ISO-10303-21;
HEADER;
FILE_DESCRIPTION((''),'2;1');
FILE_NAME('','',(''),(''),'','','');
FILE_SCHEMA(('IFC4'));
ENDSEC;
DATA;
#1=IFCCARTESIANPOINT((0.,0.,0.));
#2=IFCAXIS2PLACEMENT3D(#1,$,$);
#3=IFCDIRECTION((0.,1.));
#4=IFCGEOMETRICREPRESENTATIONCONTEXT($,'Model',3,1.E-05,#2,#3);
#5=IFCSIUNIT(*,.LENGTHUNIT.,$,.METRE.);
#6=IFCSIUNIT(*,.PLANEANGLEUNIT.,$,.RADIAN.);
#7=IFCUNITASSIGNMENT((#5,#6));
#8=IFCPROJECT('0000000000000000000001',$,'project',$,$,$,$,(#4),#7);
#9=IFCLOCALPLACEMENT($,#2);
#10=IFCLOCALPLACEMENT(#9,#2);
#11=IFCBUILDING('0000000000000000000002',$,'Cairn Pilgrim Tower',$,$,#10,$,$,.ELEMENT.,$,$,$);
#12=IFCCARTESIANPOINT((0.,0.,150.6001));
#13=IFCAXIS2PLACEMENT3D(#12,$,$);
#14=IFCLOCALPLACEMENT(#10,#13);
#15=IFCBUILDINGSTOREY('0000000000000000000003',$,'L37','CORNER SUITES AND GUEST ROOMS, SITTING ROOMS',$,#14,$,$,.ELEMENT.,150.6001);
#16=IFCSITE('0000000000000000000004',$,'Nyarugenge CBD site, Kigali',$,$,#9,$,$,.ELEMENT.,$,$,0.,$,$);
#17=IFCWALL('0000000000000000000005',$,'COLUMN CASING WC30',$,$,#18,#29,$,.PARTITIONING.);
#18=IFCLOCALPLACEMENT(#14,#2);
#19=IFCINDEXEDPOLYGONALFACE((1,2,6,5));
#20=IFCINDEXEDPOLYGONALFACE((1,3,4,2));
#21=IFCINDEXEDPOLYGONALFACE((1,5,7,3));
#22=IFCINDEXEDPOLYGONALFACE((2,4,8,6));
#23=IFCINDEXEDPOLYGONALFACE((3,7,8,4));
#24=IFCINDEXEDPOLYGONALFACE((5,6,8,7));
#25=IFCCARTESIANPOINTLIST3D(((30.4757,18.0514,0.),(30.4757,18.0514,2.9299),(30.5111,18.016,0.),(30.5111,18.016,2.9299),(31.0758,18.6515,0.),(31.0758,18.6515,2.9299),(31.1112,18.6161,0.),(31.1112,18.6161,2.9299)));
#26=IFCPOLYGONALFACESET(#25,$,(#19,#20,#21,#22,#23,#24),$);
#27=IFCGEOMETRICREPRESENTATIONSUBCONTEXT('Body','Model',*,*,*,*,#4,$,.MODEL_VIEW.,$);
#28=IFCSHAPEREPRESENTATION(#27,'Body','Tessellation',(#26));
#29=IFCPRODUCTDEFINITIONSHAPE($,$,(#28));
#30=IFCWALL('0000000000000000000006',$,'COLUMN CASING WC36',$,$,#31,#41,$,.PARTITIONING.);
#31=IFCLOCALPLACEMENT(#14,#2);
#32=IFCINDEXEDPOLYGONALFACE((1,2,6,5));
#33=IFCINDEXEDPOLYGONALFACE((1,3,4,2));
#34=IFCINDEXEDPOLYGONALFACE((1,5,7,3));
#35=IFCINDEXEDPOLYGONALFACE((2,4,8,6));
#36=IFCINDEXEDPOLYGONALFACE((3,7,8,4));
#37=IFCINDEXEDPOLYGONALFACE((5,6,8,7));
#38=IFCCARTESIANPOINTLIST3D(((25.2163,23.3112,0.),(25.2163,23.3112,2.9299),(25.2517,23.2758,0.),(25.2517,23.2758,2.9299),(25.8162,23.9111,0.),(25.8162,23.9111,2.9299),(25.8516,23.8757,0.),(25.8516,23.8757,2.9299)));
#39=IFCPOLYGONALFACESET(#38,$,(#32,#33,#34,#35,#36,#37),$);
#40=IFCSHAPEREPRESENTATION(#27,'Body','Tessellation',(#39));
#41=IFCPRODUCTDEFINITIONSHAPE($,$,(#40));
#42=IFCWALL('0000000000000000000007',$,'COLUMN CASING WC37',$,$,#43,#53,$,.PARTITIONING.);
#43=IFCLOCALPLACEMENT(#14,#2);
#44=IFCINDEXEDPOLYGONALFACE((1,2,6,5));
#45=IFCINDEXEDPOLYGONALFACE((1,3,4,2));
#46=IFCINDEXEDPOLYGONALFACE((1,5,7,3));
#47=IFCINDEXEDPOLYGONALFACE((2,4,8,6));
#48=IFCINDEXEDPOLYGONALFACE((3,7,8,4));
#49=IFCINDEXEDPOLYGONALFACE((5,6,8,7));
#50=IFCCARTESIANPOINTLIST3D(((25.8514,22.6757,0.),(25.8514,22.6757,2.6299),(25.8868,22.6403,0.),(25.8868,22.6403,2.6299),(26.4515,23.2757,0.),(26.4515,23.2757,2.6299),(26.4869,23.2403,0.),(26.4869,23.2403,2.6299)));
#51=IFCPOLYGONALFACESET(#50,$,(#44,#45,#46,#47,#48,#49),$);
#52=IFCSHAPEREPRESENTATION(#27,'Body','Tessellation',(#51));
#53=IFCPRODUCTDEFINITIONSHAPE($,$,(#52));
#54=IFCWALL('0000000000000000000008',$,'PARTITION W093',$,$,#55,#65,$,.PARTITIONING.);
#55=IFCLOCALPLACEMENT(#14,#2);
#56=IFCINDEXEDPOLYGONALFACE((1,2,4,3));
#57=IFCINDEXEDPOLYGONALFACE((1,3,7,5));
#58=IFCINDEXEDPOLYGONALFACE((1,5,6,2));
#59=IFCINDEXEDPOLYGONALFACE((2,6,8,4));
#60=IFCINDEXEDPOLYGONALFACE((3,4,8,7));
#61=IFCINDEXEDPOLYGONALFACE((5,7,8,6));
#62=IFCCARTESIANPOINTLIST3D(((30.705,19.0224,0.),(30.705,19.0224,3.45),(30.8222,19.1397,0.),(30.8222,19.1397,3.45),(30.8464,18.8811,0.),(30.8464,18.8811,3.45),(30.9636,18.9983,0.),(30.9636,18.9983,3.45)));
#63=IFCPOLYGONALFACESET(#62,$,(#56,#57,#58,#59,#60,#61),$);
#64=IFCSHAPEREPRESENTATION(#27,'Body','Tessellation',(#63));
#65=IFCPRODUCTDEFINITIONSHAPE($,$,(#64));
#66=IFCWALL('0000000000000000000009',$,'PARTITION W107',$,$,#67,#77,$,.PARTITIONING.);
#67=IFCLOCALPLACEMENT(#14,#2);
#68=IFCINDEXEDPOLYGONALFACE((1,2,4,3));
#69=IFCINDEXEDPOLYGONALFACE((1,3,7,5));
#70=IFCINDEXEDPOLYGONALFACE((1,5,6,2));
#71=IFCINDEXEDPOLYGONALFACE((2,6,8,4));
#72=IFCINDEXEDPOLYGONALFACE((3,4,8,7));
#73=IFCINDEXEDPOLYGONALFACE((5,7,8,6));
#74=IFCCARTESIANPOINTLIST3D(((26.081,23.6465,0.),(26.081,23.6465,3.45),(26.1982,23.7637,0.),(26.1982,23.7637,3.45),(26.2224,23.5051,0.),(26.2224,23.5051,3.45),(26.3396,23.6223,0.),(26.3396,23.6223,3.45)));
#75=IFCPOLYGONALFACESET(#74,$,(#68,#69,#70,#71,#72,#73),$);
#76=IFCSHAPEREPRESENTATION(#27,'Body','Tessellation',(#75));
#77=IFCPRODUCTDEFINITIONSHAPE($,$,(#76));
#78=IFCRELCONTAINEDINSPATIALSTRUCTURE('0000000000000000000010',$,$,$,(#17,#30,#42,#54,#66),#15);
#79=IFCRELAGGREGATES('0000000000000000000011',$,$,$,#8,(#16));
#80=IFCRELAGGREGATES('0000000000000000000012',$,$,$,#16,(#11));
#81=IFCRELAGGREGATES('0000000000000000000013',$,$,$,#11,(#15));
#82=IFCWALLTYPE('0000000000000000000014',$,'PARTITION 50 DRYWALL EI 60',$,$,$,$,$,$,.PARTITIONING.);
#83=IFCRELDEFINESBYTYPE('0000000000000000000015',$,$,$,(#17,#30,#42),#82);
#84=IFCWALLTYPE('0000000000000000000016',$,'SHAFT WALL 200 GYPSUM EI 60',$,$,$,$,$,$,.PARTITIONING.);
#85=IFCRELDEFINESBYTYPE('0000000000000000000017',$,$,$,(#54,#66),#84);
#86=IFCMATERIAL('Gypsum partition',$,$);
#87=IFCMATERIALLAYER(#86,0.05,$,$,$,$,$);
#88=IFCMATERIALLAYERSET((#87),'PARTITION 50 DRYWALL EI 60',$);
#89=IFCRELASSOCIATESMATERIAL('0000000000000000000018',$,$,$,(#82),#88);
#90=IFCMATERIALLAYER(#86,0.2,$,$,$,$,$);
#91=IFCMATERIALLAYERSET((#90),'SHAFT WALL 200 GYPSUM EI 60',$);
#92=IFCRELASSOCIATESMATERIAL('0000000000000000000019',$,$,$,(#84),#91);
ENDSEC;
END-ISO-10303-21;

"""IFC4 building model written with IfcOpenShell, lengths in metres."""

from ifc_helpers import new_model, si_unit, direction, frame, frame_2d, origin, place, context, subcontext, project, spatial, rectangle, extrude, material, layer, layer_set, type_object, element, save


model = new_model("IFC4")

# Units and contexts
model_context = context("Model", 3, precision=1e-05, world=origin(), true_north=direction((0.0, 1.0)))
body_context = subcontext(model_context, "Body", "Model", "MODEL_VIEW")
ifc_project = project(units=[si_unit("LENGTHUNIT", "METRE"), si_unit("PLANEANGLEUNIT", "RADIAN")], contexts=[model_context])

# Site, building, storey
site_placement = place(None, origin())
site = spatial("IfcSite", under=ifc_project, at=site_placement, Name="Nyarugenge CBD site, Kigali", CompositionType="ELEMENT", RefElevation=0.0)
building_placement = place(site_placement, origin())
building = spatial("IfcBuilding", under=site, at=building_placement, Name="Cairn Pilgrim Tower", CompositionType="ELEMENT")
storey_placement = place(building_placement, frame((0.0, 0.0, 150.6001)))
storey = spatial("IfcBuildingStorey", under=building, at=storey_placement, Name="L37", Description="CORNER SUITES AND GUEST ROOMS, SITTING ROOMS", CompositionType="ELEMENT", Elevation=150.6001)

# Walls
ifc_material_1 = material(Name="Gypsum partition")
ifc_layer_1 = layer(ifc_material_1, 0.05)
ifc_layer_set_1 = layer_set([ifc_layer_1], Name="PARTITION 50 DRYWALL EI 60")
wall_type_1 = type_object("IfcWallType", Name="PARTITION 50 DRYWALL EI 60", PredefinedType="PARTITIONING", material=ifc_layer_set_1)
wall_1_placement = place(storey_placement, frame((30.4934, 18.0337, 0.0), z_axis=(0.0, 0.0, 1.0), x_axis=(0.707107, 0.707107, 0.0)))
element("IfcWall", 1, at=wall_1_placement, inside=storey, type_object=wall_type_1, Name="COLUMN CASING WC30", PredefinedType="PARTITIONING", context=body_context, shape_type="SweptSolid", body=[
    extrude(rectangle(XDim=0.8486, YDim=0.05, at=frame_2d((0.4243, 0.0))), origin(), (0.0, 0.0, 1.0), 2.9299),
])
wall_2_placement = place(storey_placement, frame((25.2339, 23.2935, 0.0), z_axis=(0.0, 0.0, 1.0), x_axis=(0.707107, 0.707107, 0.0)))
element("IfcWall", 2, at=wall_2_placement, inside=storey, type_object=wall_type_1, Name="COLUMN CASING WC36", PredefinedType="PARTITIONING", context=body_context, shape_type="SweptSolid", body=[
    extrude(rectangle(XDim=0.8484, YDim=0.05, at=frame_2d((0.4243, 0.0))), origin(), (0.0, 0.0, 1.0), 2.9299),
])
wall_3_placement = place(storey_placement, frame((25.8691, 22.658, 0.0), z_axis=(0.0, 0.0, 1.0), x_axis=(0.707107, 0.707107, 0.0)))
element("IfcWall", 3, at=wall_3_placement, inside=storey, type_object=wall_type_1, Name="COLUMN CASING WC37", PredefinedType="PARTITIONING", context=body_context, shape_type="SweptSolid", body=[
    extrude(rectangle(XDim=0.8486, YDim=0.05, at=frame_2d((0.4243, 0.0))), origin(), (0.0, 0.0, 1.0), 2.6299),
])
ifc_layer_2 = layer(ifc_material_1, 0.2)
ifc_layer_set_2 = layer_set([ifc_layer_2], Name="SHAFT WALL 200 GYPSUM EI 60")
wall_type_2 = type_object("IfcWallType", Name="SHAFT WALL 200 GYPSUM EI 60", PredefinedType="PARTITIONING", material=ifc_layer_set_2)
for number, where, z_axis, x_axis, name in (
    (4, (30.7756, 18.9517, 0.0), (0.0, 0.0, 1.0), (0.707107, 0.707107, 0.0), "PARTITION W093"),
    (5, (26.1516, 23.5757, 0.0), (0.0, 0.0, 1.0), (0.707107, 0.707107, 0.0), "PARTITION W107"),
):
    element("IfcWall", number, at=place(storey_placement, frame(where, z_axis=z_axis, x_axis=x_axis)), inside=storey, type_object=wall_type_2, Name=name, PredefinedType="PARTITIONING", context=body_context, shape_type="SweptSolid", body=[
        extrude(rectangle(XDim=0.1658, YDim=0.2, at=frame_2d((0.083, 0.0))), origin(), (0.0, 0.0, 1.0), 3.45),
    ])

save(model, "model.ifc")
